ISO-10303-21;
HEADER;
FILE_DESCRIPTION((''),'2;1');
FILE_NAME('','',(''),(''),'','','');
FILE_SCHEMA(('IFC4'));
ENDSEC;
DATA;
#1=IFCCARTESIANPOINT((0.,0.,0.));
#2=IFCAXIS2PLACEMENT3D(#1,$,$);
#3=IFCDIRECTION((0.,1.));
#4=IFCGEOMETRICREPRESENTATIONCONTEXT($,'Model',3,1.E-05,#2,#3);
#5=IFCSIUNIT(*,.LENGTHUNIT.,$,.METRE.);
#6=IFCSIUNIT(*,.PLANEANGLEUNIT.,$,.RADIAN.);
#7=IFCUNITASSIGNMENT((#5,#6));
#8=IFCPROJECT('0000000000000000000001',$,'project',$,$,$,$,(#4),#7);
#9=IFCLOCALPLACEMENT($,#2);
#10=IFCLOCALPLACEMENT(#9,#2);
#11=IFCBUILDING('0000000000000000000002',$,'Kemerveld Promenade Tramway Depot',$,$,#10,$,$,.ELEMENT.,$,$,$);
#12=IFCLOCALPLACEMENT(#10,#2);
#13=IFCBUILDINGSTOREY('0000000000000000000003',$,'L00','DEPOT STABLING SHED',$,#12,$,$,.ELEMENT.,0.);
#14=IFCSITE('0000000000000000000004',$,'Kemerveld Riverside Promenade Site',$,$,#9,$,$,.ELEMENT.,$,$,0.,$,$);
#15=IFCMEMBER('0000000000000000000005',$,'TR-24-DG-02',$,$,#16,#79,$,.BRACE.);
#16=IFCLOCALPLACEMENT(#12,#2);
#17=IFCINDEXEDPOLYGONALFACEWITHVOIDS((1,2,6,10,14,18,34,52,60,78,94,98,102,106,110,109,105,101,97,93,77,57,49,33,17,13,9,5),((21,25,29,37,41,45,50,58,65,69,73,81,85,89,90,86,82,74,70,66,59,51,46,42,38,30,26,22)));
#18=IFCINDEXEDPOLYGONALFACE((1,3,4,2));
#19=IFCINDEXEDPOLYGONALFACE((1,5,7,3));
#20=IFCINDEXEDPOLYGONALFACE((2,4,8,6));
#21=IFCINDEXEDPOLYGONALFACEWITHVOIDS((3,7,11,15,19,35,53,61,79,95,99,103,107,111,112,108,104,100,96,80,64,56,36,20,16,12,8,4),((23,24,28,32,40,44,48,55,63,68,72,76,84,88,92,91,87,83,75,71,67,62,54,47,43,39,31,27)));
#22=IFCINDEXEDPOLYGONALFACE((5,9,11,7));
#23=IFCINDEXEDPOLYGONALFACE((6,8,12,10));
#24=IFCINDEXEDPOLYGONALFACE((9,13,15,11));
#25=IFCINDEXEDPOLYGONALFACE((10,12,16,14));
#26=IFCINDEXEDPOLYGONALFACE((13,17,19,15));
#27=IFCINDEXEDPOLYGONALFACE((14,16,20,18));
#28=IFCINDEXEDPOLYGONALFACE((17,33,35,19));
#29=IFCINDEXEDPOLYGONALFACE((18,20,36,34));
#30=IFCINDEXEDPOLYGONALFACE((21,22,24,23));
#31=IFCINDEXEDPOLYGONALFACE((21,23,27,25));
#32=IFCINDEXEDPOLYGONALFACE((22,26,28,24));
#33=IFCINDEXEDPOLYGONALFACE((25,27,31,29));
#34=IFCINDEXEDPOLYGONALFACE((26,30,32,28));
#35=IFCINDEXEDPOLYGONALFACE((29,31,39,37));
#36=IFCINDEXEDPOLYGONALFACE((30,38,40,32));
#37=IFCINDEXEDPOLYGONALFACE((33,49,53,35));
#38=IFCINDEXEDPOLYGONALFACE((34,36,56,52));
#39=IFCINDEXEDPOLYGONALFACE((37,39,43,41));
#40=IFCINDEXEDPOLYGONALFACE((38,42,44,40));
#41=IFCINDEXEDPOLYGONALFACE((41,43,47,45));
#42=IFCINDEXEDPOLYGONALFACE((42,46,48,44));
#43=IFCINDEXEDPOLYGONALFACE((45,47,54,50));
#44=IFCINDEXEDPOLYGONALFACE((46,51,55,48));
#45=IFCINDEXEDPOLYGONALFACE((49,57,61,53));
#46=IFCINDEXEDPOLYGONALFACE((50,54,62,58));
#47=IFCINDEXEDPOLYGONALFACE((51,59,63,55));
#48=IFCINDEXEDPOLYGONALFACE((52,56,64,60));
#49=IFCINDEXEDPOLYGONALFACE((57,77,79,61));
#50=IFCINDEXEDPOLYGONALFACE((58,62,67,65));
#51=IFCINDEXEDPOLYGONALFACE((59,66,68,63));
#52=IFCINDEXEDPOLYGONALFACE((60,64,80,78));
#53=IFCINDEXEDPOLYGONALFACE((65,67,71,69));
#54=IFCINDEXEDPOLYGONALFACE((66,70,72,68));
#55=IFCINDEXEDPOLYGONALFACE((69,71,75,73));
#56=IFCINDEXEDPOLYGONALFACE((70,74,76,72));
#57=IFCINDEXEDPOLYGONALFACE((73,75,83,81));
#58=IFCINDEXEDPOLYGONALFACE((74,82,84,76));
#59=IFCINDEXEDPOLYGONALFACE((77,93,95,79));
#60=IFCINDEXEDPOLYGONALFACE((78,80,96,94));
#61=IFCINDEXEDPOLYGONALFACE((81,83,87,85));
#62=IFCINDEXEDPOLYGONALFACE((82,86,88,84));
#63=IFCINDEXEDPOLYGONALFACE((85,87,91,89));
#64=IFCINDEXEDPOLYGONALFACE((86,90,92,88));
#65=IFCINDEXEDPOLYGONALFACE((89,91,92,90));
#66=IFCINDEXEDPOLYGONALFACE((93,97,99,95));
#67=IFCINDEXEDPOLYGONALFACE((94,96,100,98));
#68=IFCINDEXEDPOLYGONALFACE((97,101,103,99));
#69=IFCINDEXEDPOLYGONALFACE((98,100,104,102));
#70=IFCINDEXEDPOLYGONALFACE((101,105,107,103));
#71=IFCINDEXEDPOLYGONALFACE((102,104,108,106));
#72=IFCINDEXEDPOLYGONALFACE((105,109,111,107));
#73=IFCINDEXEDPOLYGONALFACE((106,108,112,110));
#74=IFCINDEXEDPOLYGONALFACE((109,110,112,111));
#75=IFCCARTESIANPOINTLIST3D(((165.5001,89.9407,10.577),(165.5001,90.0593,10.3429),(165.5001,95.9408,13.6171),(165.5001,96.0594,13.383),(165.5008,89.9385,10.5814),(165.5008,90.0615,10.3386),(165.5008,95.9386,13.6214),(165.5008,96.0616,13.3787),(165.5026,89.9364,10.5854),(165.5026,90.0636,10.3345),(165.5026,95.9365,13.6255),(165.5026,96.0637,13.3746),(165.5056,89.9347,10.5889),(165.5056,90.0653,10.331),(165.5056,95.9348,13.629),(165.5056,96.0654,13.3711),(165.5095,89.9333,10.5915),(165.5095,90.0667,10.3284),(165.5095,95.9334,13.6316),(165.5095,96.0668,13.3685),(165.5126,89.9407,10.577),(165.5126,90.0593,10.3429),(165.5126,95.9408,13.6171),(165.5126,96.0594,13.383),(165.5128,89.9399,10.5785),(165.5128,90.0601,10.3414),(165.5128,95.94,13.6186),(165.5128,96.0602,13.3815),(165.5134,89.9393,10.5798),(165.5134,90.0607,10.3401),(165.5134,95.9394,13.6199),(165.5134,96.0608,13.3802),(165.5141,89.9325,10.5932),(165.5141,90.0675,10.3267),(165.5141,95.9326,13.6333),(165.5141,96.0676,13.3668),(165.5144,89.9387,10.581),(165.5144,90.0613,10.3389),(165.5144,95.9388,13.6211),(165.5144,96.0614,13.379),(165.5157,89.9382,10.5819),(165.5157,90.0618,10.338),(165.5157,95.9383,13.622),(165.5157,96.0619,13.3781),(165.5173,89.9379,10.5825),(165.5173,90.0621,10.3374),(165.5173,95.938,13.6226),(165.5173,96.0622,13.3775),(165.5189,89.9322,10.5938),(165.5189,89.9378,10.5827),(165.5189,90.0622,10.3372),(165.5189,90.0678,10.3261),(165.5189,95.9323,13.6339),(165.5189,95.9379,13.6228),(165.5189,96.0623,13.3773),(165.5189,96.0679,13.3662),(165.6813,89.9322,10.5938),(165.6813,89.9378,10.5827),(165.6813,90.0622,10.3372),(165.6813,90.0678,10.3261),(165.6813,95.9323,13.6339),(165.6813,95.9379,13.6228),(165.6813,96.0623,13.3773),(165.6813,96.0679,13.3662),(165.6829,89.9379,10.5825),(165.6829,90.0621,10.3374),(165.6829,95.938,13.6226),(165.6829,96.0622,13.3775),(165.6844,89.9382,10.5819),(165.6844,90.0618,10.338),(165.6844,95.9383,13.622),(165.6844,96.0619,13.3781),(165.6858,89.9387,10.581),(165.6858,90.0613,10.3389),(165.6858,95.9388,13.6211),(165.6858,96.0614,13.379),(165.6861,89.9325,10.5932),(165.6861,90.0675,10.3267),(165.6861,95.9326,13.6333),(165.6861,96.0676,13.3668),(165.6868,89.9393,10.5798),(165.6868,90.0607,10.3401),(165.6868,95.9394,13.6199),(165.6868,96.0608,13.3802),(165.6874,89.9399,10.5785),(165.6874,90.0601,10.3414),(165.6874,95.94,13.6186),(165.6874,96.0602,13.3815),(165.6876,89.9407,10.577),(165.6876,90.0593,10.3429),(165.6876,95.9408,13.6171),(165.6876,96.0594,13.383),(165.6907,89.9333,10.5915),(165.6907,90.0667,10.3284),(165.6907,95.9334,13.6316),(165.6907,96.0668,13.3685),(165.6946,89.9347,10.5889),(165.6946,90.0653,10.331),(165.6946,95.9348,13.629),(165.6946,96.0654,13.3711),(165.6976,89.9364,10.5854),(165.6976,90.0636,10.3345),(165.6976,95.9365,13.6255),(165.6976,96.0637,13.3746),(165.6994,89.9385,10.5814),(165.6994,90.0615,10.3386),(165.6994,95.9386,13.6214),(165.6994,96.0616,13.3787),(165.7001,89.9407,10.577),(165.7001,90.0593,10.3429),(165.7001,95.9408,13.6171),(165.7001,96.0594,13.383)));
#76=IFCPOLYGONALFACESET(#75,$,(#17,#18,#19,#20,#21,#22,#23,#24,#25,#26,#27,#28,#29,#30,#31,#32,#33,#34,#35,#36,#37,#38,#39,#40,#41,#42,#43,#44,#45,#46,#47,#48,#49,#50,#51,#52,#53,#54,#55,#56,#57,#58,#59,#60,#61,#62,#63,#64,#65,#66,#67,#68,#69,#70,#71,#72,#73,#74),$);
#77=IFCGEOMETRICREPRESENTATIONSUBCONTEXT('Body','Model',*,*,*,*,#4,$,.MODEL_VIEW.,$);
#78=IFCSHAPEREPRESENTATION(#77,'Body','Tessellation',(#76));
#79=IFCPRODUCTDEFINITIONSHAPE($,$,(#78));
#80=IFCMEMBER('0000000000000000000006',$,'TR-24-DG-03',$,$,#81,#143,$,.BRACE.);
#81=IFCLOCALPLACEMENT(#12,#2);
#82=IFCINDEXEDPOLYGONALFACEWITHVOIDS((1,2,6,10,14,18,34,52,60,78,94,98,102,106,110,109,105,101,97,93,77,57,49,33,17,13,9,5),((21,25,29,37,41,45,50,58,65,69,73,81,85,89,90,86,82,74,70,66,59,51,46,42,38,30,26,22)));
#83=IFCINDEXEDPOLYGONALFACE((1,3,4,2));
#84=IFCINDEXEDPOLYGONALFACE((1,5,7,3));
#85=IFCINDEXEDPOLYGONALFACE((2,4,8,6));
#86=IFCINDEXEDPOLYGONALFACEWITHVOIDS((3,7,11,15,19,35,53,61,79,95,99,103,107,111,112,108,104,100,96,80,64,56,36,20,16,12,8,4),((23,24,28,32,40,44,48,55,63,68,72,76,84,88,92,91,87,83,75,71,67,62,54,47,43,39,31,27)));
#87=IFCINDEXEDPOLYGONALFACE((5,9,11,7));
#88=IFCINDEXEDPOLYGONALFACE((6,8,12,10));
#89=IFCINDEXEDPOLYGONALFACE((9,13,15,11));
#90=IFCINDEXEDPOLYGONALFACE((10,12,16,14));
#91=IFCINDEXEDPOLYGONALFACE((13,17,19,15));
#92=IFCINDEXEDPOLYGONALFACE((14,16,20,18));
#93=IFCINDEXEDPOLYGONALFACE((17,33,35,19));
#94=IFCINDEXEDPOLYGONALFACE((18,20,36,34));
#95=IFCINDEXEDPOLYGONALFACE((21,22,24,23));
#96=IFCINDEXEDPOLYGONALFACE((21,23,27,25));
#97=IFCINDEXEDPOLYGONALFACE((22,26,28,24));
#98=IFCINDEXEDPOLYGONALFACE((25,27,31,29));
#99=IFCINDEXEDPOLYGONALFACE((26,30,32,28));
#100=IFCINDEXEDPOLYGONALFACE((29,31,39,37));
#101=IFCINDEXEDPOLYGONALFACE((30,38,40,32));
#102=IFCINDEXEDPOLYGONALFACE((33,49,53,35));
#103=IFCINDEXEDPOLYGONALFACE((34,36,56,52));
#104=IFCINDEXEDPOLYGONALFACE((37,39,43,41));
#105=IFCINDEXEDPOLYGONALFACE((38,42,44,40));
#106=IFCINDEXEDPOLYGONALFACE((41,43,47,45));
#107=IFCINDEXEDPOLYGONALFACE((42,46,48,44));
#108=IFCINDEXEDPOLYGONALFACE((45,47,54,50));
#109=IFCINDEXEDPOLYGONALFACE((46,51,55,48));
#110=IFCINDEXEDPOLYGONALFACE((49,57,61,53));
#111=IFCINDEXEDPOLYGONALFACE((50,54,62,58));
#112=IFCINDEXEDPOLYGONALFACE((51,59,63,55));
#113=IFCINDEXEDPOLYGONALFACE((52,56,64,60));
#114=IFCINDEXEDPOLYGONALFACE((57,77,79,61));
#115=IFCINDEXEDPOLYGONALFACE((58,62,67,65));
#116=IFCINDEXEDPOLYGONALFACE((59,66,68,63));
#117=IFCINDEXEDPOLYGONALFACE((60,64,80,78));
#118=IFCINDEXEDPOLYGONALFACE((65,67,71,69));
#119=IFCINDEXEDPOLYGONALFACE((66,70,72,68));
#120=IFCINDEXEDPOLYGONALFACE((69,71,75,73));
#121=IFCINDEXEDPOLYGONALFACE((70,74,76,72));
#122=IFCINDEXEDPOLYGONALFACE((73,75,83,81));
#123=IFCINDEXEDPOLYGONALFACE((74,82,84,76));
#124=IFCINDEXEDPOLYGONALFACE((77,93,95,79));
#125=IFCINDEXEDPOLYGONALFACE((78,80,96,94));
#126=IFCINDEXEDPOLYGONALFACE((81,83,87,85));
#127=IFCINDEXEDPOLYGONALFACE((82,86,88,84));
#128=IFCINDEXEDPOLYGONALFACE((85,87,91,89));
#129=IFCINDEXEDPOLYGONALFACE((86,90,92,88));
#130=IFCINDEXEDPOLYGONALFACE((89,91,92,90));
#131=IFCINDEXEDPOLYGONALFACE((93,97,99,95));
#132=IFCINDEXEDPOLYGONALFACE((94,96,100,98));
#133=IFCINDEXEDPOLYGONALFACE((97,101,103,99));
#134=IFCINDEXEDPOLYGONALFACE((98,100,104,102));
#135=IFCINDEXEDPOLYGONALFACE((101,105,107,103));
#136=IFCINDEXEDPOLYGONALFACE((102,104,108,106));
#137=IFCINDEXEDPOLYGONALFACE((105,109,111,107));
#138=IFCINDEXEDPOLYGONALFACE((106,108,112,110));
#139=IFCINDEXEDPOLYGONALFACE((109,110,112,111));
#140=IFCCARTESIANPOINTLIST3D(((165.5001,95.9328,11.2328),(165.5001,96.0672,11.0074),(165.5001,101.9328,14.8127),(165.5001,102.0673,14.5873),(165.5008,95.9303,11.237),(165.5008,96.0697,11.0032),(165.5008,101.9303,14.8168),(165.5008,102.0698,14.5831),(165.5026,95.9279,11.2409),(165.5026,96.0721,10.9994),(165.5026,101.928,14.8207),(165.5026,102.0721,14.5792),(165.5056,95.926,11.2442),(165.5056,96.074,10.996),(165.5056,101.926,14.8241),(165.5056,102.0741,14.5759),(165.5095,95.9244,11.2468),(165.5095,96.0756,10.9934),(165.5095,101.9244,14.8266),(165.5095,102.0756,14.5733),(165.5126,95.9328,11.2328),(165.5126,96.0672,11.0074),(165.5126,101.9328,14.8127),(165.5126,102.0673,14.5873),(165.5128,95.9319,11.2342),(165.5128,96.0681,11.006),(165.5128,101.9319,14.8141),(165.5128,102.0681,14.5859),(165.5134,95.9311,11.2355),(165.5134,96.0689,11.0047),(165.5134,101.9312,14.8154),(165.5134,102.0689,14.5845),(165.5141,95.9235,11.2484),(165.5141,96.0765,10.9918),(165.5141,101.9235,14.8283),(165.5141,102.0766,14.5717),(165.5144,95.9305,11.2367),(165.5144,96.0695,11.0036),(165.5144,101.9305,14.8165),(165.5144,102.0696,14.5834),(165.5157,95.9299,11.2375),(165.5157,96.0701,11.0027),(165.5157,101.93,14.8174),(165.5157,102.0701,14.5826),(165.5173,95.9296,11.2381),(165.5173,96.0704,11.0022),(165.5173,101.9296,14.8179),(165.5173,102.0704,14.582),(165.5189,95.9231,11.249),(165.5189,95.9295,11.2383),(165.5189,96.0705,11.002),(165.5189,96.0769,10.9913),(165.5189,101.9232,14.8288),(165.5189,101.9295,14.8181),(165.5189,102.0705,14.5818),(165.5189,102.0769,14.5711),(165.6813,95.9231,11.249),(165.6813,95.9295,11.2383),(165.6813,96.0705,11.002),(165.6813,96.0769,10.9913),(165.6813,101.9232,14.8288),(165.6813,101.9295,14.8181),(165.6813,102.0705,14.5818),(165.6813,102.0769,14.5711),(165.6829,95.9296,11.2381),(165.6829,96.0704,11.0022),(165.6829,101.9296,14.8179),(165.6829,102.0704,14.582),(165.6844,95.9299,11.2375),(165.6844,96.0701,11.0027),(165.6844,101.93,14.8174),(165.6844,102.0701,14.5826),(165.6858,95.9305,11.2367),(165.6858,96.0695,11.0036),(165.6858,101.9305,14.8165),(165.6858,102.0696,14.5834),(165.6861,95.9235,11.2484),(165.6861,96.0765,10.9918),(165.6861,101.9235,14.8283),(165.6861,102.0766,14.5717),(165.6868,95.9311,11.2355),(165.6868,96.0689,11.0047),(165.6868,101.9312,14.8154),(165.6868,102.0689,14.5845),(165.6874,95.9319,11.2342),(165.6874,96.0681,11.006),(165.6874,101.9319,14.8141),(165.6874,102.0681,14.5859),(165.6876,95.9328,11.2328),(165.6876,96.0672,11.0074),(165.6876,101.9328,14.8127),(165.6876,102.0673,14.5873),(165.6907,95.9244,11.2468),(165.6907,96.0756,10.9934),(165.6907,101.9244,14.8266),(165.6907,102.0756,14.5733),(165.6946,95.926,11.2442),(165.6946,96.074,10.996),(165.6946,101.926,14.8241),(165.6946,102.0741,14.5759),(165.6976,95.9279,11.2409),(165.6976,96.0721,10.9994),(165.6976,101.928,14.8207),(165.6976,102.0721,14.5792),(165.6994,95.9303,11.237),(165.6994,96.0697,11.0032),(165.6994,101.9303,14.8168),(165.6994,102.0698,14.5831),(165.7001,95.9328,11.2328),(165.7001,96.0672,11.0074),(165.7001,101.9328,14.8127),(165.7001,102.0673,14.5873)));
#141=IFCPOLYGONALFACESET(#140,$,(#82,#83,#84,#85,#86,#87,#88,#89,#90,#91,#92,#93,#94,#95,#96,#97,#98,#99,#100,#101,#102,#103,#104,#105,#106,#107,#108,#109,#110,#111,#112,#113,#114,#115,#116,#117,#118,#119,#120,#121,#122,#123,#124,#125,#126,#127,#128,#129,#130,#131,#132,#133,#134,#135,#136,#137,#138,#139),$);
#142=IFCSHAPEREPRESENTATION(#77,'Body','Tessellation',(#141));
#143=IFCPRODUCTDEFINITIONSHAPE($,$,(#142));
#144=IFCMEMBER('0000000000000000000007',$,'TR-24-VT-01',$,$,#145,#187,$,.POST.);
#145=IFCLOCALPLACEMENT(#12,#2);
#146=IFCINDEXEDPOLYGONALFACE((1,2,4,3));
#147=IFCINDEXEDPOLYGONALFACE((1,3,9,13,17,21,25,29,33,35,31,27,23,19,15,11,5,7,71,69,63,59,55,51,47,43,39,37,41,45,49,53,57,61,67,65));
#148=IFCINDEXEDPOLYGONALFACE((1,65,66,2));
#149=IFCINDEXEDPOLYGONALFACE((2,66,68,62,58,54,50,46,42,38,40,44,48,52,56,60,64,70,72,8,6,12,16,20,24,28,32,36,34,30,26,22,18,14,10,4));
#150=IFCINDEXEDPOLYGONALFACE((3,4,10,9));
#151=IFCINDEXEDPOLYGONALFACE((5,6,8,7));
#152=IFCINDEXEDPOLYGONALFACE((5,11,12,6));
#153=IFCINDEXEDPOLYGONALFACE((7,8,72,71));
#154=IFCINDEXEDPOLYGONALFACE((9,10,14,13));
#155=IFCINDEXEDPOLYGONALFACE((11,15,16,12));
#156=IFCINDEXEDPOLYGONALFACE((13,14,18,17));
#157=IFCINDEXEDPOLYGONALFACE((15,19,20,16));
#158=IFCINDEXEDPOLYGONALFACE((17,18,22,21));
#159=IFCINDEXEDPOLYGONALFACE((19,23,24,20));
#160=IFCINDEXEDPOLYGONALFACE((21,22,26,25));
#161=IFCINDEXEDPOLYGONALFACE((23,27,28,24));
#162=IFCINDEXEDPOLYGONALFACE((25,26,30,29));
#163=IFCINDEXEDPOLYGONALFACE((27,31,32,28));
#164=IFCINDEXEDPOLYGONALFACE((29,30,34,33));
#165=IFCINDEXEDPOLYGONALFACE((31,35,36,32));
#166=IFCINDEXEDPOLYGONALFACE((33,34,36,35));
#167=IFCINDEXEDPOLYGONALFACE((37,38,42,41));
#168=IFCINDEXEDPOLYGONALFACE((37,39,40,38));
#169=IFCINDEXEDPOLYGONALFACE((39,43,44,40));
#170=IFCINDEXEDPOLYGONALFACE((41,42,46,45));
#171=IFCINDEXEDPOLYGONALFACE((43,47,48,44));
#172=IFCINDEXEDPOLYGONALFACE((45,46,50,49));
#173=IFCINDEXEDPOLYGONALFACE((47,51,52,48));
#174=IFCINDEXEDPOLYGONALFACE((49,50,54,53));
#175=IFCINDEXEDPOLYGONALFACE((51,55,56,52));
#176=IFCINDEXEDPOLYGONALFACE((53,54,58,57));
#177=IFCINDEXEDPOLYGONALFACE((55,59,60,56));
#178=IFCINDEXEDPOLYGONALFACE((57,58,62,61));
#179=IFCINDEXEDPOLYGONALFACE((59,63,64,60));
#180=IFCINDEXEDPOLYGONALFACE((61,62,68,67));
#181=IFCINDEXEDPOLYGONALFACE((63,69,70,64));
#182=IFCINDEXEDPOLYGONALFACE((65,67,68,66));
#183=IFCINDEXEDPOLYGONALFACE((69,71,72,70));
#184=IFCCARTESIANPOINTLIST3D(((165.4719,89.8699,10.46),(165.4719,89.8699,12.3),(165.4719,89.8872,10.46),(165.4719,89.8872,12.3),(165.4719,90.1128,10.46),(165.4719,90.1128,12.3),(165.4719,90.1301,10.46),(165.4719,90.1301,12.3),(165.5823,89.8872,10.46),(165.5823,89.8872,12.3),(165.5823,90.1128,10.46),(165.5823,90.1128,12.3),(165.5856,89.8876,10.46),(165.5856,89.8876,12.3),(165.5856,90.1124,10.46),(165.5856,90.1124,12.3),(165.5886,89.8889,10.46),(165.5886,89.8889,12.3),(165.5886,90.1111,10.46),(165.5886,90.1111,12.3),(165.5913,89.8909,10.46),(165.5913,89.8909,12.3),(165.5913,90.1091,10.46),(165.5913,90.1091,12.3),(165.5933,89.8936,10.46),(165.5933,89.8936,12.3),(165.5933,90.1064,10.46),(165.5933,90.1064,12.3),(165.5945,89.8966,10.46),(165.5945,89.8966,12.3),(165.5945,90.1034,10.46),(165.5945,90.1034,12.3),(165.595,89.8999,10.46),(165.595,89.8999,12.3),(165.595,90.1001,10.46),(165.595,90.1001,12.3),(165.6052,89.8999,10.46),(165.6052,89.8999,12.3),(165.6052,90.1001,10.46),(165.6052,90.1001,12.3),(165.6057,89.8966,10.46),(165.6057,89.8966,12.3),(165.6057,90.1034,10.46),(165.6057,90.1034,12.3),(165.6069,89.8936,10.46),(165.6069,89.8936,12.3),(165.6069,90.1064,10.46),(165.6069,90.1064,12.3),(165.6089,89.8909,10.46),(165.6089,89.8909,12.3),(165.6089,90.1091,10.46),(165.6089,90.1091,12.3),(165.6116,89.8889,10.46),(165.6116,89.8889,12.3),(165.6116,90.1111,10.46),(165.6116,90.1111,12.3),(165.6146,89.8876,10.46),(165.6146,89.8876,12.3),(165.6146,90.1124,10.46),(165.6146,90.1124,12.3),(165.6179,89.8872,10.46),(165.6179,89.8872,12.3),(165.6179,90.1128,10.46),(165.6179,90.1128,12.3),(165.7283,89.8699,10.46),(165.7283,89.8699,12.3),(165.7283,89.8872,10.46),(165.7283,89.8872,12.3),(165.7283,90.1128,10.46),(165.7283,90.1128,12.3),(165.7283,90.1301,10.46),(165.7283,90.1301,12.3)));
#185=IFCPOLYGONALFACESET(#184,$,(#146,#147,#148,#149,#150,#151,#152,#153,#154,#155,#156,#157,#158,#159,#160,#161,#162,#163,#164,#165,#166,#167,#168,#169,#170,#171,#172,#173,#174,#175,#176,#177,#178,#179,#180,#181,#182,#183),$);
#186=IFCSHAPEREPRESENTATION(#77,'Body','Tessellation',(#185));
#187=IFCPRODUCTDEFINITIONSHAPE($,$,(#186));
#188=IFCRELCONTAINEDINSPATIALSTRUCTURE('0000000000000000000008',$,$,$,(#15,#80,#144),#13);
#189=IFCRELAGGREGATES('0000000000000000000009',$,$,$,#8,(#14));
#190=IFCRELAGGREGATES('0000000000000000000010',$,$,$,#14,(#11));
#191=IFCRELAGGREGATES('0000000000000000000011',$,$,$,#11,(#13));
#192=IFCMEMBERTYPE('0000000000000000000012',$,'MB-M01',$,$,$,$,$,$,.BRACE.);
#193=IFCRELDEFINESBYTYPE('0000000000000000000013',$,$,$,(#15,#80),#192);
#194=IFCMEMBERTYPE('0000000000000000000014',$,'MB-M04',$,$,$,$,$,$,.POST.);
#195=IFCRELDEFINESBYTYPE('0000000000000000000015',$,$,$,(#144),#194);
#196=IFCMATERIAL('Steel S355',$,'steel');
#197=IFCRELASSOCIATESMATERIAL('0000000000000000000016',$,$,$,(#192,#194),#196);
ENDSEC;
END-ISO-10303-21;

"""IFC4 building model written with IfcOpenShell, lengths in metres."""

from ifc_helpers import new_model, si_unit, direction, frame, origin, origin_2d, place, context, subcontext, project, spatial, hollow_rectangle, i_section, extrude, material, material_profile, profile_set, type_object, element, save


model = new_model("IFC4")

# Units and contexts
model_context = context("Model", 3, precision=1e-05, world=origin(), true_north=direction((0.0, 1.0)))
body_context = subcontext(model_context, "Body", "Model", "MODEL_VIEW")
ifc_project = project(units=[si_unit("LENGTHUNIT", "METRE"), si_unit("PLANEANGLEUNIT", "RADIAN")], contexts=[model_context])

# Site, building, storey
site_placement = place(None, origin())
site = spatial("IfcSite", under=ifc_project, at=site_placement, Name="Kemerveld Riverside Promenade Site", CompositionType="ELEMENT", RefElevation=0.0)
building_placement = place(site_placement, origin())
building = spatial("IfcBuilding", under=site, at=building_placement, Name="Kemerveld Promenade Tramway Depot", CompositionType="ELEMENT")
storey_placement = place(building_placement, origin())
storey = spatial("IfcBuildingStorey", under=building, at=storey_placement, Name="L00", Description="DEPOT STABLING SHED", CompositionType="ELEMENT", Elevation=0.0)

# Members
ifc_material_1 = material(Name="Steel S355", Category="steel")
ifc_material_profile_1 = material_profile(ifc_material_1, hollow_rectangle(XDim=0.2, YDim=0.3, WallThickness=0.0125, InnerFilletRadius=0.0063, OuterFilletRadius=0.0188, at=origin_2d()), Name="300x200x12.5 RHS")
ifc_profile_set_1 = profile_set([ifc_material_profile_1], Name="Steel S355")
member_type_1 = type_object("IfcMemberType", Name="MB-M01", PredefinedType="BRACE", material=ifc_profile_set_1)
member_1_placement = place(storey_placement, frame((165.6001, 90.0, 10.46), z_axis=(0.0, 0.892033, 0.451969), x_axis=(-1.0, 0.0, 0.0)))
element("IfcMember", 1, at=member_1_placement, inside=storey, type_object=member_type_1, Name="TR-24-DG-02", PredefinedType="BRACE", context=body_context, shape_type="SweptSolid", body=[
    extrude(hollow_rectangle(XDim=0.2, YDim=0.3, WallThickness=0.0125, InnerFilletRadius=0.0063, OuterFilletRadius=0.0188, at=origin_2d()), origin(), (0.0, 0.0, 1.0), 6.7263),
])
member_2_placement = place(storey_placement, frame((165.6001, 96.0, 11.1201), z_axis=(0.0, 0.858764, 0.512372), x_axis=(-1.0, 0.0, 0.0)))
element("IfcMember", 2, at=member_2_placement, inside=storey, type_object=member_type_1, Name="TR-24-DG-03", PredefinedType="BRACE", context=body_context, shape_type="SweptSolid", body=[
    extrude(hollow_rectangle(XDim=0.2, YDim=0.3, WallThickness=0.0125, InnerFilletRadius=0.0063, OuterFilletRadius=0.0188, at=origin_2d()), origin(), (0.0, 0.0, 1.0), 6.9868),
])
ifc_material_profile_2 = material_profile(ifc_material_1, i_section(OverallWidth=0.2563, OverallDepth=0.2603, WebThickness=0.0103, FlangeThickness=0.0173, FilletRadius=0.0127, at=origin_2d()), Name="254x254x89 UC")
ifc_profile_set_2 = profile_set([ifc_material_profile_2], Name="Steel S355")
member_type_2 = type_object("IfcMemberType", Name="MB-M04", PredefinedType="POST", material=ifc_profile_set_2)
member_3_placement = place(storey_placement, frame((165.6001, 90.0, 10.46), z_axis=(0.0, 0.0, 1.0), x_axis=(1.0, 0.0, 0.0)))
element("IfcMember", 3, at=member_3_placement, inside=storey, type_object=member_type_2, Name="TR-24-VT-01", PredefinedType="POST", context=body_context, shape_type="SweptSolid", body=[
    extrude(i_section(OverallWidth=0.2563, OverallDepth=0.2603, WebThickness=0.0103, FlangeThickness=0.0173, FilletRadius=0.0127, at=origin_2d()), origin(), (0.0, 0.0, 1.0), 1.8401),
])

save(model, "model.ifc")
